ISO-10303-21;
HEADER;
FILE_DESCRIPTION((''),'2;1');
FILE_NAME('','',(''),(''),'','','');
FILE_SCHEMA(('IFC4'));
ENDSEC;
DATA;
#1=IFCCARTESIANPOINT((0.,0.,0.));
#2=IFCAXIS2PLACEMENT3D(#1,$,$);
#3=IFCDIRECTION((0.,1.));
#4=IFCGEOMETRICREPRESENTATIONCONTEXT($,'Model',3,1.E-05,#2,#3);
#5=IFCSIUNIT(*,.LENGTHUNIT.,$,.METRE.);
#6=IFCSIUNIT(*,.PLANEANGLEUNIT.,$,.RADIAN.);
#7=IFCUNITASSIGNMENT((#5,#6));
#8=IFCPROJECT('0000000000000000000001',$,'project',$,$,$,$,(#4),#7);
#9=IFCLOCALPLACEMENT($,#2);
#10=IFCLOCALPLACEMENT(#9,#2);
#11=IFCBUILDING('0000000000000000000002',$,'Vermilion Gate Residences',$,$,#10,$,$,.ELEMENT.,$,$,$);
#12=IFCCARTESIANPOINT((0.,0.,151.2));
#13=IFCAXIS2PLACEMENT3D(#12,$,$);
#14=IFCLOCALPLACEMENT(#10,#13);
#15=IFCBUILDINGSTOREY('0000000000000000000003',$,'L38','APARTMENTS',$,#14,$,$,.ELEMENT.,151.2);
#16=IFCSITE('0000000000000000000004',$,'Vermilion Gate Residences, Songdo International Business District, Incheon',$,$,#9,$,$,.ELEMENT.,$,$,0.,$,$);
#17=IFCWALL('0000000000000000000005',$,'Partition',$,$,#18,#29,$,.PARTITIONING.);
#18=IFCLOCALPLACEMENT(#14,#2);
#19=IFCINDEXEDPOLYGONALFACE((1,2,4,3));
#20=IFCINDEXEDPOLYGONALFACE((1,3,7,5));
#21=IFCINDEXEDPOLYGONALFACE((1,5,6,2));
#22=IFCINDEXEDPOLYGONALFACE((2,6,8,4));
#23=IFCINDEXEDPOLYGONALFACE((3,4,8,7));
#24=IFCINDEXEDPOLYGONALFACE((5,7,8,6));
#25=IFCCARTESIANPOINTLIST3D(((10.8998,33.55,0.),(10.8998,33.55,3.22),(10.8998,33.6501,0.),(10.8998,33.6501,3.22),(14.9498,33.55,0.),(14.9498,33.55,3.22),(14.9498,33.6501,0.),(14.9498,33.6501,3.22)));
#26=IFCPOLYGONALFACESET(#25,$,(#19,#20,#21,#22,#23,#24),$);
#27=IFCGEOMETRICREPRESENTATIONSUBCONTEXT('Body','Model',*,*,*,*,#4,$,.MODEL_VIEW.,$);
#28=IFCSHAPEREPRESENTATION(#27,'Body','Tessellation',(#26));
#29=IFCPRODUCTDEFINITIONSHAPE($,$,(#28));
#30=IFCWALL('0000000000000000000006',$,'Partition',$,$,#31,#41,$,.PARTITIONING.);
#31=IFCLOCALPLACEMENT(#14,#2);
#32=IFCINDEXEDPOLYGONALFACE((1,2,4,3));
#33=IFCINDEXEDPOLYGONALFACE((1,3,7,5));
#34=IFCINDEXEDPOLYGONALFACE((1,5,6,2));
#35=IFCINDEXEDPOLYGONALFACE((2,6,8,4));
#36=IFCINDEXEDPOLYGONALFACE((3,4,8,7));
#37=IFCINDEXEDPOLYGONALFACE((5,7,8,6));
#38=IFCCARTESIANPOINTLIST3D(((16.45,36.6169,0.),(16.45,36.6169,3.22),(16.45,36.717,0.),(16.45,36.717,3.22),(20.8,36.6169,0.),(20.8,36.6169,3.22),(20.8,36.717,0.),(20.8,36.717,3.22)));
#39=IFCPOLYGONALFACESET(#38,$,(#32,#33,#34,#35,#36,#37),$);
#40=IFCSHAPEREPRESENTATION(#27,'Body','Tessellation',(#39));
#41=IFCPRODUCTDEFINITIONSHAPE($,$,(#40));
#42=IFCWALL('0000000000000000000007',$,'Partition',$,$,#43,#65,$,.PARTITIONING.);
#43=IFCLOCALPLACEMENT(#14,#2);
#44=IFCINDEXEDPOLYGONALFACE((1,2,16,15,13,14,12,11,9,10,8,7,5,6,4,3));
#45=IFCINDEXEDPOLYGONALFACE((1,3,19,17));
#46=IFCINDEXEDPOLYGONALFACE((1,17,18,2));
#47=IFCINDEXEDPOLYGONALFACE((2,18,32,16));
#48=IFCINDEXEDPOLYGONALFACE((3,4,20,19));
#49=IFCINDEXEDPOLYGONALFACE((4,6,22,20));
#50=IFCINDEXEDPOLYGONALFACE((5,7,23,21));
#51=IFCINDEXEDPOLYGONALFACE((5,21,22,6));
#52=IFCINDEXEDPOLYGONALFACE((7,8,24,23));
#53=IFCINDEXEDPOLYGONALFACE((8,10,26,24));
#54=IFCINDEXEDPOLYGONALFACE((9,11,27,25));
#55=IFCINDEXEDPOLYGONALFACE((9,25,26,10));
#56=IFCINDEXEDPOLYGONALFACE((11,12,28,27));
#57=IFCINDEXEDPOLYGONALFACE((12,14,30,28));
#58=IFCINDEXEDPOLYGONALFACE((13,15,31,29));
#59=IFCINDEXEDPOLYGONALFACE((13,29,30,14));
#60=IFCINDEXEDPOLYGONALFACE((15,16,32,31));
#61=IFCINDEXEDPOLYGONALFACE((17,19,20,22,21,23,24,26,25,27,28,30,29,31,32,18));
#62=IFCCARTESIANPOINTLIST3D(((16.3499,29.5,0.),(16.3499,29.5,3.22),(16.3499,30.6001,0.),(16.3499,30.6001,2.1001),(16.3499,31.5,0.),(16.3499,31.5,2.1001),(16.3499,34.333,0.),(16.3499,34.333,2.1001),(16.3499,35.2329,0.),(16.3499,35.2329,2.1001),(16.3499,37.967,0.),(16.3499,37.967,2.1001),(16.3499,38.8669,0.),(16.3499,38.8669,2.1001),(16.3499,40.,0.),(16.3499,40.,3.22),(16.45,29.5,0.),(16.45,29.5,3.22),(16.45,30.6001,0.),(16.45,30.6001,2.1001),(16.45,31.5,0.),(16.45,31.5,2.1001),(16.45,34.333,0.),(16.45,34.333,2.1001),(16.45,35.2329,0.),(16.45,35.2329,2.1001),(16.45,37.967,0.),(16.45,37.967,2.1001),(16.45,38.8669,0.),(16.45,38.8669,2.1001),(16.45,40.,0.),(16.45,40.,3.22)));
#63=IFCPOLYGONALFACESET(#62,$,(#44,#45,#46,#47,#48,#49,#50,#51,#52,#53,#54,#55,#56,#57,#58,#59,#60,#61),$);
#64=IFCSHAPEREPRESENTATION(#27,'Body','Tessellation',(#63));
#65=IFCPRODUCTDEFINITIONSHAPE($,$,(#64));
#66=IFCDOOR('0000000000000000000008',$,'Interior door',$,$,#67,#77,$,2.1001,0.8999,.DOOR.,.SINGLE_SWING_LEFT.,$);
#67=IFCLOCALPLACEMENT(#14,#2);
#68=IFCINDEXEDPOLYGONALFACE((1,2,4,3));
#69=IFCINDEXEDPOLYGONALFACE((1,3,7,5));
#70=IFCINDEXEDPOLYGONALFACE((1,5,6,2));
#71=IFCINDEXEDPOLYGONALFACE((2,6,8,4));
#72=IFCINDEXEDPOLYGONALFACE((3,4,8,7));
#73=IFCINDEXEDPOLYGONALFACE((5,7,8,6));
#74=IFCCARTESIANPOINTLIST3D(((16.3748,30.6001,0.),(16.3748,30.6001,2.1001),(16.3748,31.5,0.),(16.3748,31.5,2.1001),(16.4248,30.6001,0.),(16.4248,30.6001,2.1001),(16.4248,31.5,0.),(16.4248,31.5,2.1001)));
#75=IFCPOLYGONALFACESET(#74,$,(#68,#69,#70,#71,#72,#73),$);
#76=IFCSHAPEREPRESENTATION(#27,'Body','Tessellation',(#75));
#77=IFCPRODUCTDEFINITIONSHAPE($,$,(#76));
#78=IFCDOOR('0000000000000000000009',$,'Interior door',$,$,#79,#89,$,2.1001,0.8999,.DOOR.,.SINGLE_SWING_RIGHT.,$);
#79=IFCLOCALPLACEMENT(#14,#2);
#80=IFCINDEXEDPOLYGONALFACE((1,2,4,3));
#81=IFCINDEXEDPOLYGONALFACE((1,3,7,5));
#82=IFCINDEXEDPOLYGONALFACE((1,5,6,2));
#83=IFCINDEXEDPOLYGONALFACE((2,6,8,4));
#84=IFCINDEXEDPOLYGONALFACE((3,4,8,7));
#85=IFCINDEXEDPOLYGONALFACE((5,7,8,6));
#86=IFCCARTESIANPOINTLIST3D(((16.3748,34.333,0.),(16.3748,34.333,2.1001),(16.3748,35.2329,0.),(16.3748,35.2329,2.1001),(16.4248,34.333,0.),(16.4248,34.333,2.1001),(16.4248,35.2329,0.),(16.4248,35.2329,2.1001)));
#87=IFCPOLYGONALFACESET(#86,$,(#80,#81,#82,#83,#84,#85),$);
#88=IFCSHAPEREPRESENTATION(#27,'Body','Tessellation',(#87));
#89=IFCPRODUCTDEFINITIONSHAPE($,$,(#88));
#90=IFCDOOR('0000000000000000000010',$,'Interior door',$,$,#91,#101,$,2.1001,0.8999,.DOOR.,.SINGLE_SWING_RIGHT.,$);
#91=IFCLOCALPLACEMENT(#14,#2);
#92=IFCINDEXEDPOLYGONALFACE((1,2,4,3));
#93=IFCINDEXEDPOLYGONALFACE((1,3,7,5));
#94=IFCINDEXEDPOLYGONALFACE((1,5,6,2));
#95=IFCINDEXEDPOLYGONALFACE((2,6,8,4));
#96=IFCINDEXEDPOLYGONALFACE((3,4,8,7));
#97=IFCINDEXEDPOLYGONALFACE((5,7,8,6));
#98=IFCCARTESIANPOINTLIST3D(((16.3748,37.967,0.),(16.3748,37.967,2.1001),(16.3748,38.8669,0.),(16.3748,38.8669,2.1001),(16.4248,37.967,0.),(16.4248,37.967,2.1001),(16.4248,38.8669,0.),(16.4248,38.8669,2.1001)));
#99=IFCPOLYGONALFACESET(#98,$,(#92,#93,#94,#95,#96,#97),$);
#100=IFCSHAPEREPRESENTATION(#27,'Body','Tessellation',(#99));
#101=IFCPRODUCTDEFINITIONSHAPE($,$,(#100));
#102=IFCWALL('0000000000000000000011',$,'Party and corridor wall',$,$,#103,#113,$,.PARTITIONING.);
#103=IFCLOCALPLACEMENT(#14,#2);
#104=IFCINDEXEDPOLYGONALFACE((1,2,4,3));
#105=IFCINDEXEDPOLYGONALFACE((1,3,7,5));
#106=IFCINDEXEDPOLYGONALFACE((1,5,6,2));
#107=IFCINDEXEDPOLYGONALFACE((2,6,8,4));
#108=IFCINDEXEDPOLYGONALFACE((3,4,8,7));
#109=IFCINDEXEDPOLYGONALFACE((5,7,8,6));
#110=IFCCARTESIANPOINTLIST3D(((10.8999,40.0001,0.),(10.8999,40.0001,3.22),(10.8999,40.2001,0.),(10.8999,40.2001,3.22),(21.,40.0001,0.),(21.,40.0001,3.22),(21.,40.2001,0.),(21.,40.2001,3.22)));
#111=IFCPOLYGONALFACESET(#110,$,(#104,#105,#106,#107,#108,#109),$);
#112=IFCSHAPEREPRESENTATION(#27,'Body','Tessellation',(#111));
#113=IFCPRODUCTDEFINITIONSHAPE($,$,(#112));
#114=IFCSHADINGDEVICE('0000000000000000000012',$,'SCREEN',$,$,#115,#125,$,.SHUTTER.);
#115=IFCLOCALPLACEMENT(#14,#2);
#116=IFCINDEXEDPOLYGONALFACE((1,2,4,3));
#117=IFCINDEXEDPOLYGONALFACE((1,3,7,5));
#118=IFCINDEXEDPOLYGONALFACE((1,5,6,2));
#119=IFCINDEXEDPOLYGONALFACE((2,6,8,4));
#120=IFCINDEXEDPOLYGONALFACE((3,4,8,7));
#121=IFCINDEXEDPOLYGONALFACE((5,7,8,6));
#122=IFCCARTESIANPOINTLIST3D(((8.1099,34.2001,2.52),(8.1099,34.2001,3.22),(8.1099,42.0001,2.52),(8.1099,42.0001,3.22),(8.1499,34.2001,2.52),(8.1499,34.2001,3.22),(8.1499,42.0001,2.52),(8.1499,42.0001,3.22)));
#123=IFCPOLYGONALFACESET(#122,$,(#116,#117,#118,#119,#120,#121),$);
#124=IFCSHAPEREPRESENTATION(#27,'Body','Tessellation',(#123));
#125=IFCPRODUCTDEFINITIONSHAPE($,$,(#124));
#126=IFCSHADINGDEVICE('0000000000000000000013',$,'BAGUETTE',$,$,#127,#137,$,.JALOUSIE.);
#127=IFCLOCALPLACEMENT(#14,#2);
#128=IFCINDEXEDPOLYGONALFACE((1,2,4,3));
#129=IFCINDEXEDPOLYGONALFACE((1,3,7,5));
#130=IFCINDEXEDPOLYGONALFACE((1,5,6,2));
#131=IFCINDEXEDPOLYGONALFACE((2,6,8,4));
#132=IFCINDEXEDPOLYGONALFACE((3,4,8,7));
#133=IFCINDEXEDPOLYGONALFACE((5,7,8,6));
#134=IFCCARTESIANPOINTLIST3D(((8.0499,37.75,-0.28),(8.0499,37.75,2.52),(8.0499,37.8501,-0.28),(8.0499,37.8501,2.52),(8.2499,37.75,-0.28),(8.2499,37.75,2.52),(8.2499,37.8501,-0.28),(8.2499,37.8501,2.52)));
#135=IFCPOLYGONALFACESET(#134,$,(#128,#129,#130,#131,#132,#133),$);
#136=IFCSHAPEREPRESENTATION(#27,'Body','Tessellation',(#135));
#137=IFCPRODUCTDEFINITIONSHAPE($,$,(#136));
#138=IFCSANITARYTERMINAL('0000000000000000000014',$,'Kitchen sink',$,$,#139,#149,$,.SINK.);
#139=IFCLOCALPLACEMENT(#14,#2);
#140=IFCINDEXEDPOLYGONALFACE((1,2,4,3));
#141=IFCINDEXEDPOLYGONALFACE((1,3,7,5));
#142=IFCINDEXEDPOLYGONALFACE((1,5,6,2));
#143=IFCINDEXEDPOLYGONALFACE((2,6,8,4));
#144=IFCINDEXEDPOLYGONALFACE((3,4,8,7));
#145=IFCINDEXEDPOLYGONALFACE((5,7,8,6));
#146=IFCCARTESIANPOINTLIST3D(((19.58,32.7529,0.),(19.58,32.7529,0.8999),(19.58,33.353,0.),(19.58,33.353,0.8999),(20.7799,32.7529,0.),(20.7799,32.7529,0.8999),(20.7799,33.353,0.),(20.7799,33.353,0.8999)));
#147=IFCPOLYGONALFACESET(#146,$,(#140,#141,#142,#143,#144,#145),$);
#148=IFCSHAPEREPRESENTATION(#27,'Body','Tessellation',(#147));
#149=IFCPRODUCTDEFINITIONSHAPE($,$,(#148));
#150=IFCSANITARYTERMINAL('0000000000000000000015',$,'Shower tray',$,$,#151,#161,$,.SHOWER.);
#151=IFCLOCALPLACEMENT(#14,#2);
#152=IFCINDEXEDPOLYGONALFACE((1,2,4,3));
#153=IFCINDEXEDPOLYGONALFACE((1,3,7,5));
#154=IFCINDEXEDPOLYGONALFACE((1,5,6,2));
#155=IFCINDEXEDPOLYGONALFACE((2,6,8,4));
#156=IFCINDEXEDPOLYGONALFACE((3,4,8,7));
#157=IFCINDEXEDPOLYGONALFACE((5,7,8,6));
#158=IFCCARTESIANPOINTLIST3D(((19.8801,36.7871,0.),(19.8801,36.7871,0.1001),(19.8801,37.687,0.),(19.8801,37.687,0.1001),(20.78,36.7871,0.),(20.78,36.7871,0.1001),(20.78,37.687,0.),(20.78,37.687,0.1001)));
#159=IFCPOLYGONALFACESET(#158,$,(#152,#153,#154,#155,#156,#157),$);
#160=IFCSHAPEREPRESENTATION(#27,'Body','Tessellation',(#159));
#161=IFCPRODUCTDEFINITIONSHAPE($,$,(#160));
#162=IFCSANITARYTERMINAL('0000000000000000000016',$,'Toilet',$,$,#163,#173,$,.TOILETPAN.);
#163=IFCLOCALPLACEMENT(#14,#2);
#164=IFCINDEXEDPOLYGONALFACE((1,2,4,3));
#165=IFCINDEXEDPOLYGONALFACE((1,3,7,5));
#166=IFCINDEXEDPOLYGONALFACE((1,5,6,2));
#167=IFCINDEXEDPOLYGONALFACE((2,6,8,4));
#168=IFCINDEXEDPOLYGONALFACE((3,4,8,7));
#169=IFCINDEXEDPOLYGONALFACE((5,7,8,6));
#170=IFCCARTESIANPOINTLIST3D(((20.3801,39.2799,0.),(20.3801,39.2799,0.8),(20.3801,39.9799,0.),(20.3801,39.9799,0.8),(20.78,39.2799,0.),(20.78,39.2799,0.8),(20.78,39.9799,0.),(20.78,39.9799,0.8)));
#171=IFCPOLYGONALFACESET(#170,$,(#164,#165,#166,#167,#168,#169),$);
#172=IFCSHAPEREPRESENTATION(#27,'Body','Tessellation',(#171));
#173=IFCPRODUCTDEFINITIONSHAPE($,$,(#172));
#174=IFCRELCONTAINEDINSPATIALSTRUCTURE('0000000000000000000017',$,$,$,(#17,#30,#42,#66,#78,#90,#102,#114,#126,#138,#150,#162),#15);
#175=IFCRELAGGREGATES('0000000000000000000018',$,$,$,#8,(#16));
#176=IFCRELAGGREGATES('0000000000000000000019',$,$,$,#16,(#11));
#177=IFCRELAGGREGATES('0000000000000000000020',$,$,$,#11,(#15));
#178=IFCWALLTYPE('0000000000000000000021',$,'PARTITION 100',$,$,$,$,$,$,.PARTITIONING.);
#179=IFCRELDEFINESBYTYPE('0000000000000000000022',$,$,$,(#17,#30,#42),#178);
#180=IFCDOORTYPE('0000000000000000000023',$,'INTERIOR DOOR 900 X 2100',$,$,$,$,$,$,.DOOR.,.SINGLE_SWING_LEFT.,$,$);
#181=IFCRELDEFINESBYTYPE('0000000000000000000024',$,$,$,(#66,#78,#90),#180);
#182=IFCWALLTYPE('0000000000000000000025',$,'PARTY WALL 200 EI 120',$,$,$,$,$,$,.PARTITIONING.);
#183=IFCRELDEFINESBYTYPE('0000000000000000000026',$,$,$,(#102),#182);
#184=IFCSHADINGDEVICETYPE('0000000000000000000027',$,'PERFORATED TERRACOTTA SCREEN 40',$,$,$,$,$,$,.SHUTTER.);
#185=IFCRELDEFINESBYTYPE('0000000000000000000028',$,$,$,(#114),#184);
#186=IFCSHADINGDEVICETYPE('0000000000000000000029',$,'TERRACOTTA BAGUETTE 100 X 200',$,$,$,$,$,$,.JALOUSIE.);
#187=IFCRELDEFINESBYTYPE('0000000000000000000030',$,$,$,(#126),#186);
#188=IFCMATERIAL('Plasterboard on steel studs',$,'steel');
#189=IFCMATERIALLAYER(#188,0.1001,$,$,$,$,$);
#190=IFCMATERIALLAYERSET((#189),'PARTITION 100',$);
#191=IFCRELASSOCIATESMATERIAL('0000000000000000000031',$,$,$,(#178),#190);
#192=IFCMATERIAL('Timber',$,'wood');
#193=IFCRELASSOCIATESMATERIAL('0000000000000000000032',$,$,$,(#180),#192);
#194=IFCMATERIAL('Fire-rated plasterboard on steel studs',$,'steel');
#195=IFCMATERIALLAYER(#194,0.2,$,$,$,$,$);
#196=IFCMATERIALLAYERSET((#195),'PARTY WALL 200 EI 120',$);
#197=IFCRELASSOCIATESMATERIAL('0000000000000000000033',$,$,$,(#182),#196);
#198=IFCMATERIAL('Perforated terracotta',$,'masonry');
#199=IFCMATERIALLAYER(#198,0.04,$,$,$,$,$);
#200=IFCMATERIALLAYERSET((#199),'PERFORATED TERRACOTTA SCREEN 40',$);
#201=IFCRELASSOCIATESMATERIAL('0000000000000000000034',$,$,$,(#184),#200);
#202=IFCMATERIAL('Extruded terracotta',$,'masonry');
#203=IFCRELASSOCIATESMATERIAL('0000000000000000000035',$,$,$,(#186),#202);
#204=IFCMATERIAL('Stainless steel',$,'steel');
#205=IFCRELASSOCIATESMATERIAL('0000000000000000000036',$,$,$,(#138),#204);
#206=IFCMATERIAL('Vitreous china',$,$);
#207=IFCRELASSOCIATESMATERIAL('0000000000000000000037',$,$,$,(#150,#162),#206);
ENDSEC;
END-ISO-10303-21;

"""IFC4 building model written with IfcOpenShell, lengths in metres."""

from ifc_helpers import new_model, si_unit, direction, frame, frame_2d, origin, origin_2d, place, context, subcontext, project, spatial, rectangle, extrude, material, layer, layer_set, material_profile, profile_set, type_object, element, fill, save


model = new_model("IFC4")

# Units and contexts
model_context = context("Model", 3, precision=1e-05, world=origin(), true_north=direction((0.0, 1.0)))
body_context = subcontext(model_context, "Body", "Model", "MODEL_VIEW")
ifc_project = project(units=[si_unit("LENGTHUNIT", "METRE"), si_unit("PLANEANGLEUNIT", "RADIAN")], contexts=[model_context])

# Site, building, storey
site_placement = place(None, origin())
site = spatial("IfcSite", under=ifc_project, at=site_placement, Name="Vermilion Gate Residences, Songdo International Business District, Incheon", CompositionType="ELEMENT", RefElevation=0.0)
building_placement = place(site_placement, origin())
building = spatial("IfcBuilding", under=site, at=building_placement, Name="Vermilion Gate Residences", CompositionType="ELEMENT")
storey_placement = place(building_placement, frame((0.0, 0.0, 151.2)))
storey = spatial("IfcBuildingStorey", under=building, at=storey_placement, Name="L38", Description="APARTMENTS", CompositionType="ELEMENT", Elevation=151.2)

# Walls
ifc_material_1 = material(Name="Plasterboard on steel studs", Category="steel")
ifc_layer_1 = layer(ifc_material_1, 0.1001)
ifc_layer_set_1 = layer_set([ifc_layer_1], Name="PARTITION 100")
wall_type_1 = type_object("IfcWallType", Name="PARTITION 100", PredefinedType="PARTITIONING", material=ifc_layer_set_1)
wall_1_placement = place(storey_placement, frame((10.8999, 33.6001, 0.0), z_axis=(0.0, 0.0, 1.0), x_axis=(1.0, 0.0, 0.0)))
element("IfcWall", 1, at=wall_1_placement, inside=storey, type_object=wall_type_1, Name="Partition", PredefinedType="PARTITIONING", context=body_context, shape_type="SweptSolid", body=[
    extrude(rectangle(XDim=4.05, YDim=0.1001, at=frame_2d((2.0249, 0.0))), origin(), (0.0, 0.0, 1.0), 3.22),
])
wall_2_placement = place(storey_placement, frame((16.45, 36.667, 0.0), z_axis=(0.0, 0.0, 1.0), x_axis=(1.0, 0.0, 0.0)))
element("IfcWall", 2, at=wall_2_placement, inside=storey, type_object=wall_type_1, Name="Partition", PredefinedType="PARTITIONING", context=body_context, shape_type="SweptSolid", body=[
    extrude(rectangle(XDim=4.3501, YDim=0.1001, at=frame_2d((2.175, 0.0))), origin(), (0.0, 0.0, 1.0), 3.22),
])

# Wall, openings, doors
wall_3_placement = place(storey_placement, frame((16.3999, 29.5, 0.0), z_axis=(0.0, 0.0, 1.0), x_axis=(0.0, 1.0, 0.0)))
wall_3 = element("IfcWall", 3, at=wall_3_placement, inside=storey, type_object=wall_type_1, Name="Partition", PredefinedType="PARTITIONING", context=body_context, shape_type="SweptSolid", body=[
    extrude(rectangle(XDim=10.5, YDim=0.1001, at=frame_2d((5.25, 0.0))), origin(), (0.0, 0.0, 1.0), 3.22),
])
opening_1_placement = place(wall_3_placement, frame((1.1001, 0.0, 0.0)))
opening_1 = element("IfcOpeningElement", 4, at=opening_1_placement, cuts=wall_3, PredefinedType="OPENING", context=body_context, shape_type="SweptSolid", body=[
    extrude(rectangle(XDim=0.8999, YDim=2.1001, at=frame_2d((0.45, 1.05))), frame((0.0, 0.0601, 0.0), z_axis=(0.0, -1.0, 0.0), x_axis=(1.0, 0.0, 0.0)), (0.0, 0.0, 1.0), 0.1201),
])
opening_2_placement = place(wall_3_placement, frame((4.833, 0.0, 0.0)))
opening_2 = element("IfcOpeningElement", 5, at=opening_2_placement, cuts=wall_3, PredefinedType="OPENING", context=body_context, shape_type="SweptSolid", body=[
    extrude(rectangle(XDim=0.8999, YDim=2.1001, at=frame_2d((0.45, 1.05))), frame((0.0, 0.0601, 0.0), z_axis=(0.0, -1.0, 0.0), x_axis=(1.0, 0.0, 0.0)), (0.0, 0.0, 1.0), 0.1201),
])
opening_3_placement = place(wall_3_placement, frame((8.467, 0.0, 0.0)))
opening_3 = element("IfcOpeningElement", 6, at=opening_3_placement, cuts=wall_3, PredefinedType="OPENING", context=body_context, shape_type="SweptSolid", body=[
    extrude(rectangle(XDim=0.8999, YDim=2.1001, at=frame_2d((0.45, 1.05))), frame((0.0, 0.0601, 0.0), z_axis=(0.0, -1.0, 0.0), x_axis=(1.0, 0.0, 0.0)), (0.0, 0.0, 1.0), 0.1201),
])
ifc_material_2 = material(Name="Timber", Category="wood")
door_type_1 = type_object("IfcDoorType", Name="INTERIOR DOOR 900 X 2100", OperationType="SINGLE_SWING_LEFT", PredefinedType="DOOR", material=ifc_material_2)
door_1_placement = place(opening_1_placement, frame((0.8999, 0.0, 0.0), z_axis=(0.0, 0.0, 1.0), x_axis=(-1.0, 0.0, 0.0)))
door_1 = element("IfcDoor", 7, at=door_1_placement, inside=storey, type_object=door_type_1, Name="Interior door", OperationType="SINGLE_SWING_LEFT", OverallHeight=2.1001, OverallWidth=0.8999, PredefinedType="DOOR", context=body_context, shape_type="SweptSolid", body=[
    extrude(rectangle(XDim=0.8999, YDim=2.1001, at=frame_2d((0.45, 1.05))), frame((0.0, 0.0249, 0.0), z_axis=(0.0, -1.0, 0.0), x_axis=(1.0, 0.0, 0.0)), (0.0, 0.0, 1.0), 0.05),
])
fill(opening_1, door_1)
door_2_placement = place(opening_2_placement, frame((0.8999, 0.0, 0.0), z_axis=(0.0, 0.0, 1.0), x_axis=(-1.0, 0.0, 0.0)))
door_2 = element("IfcDoor", 8, at=door_2_placement, inside=storey, type_object=door_type_1, Name="Interior door", OperationType="SINGLE_SWING_RIGHT", OverallHeight=2.1001, OverallWidth=0.8999, PredefinedType="DOOR", context=body_context, shape_type="SweptSolid", body=[
    extrude(rectangle(XDim=0.8999, YDim=2.1001, at=frame_2d((0.45, 1.05))), frame((0.0, 0.0249, 0.0), z_axis=(0.0, -1.0, 0.0), x_axis=(1.0, 0.0, 0.0)), (0.0, 0.0, 1.0), 0.05),
])
fill(opening_2, door_2)
door_3_placement = place(opening_3_placement, frame((0.8999, 0.0, 0.0), z_axis=(0.0, 0.0, 1.0), x_axis=(-1.0, 0.0, 0.0)))
door_3 = element("IfcDoor", 9, at=door_3_placement, inside=storey, type_object=door_type_1, Name="Interior door", OperationType="SINGLE_SWING_RIGHT", OverallHeight=2.1001, OverallWidth=0.8999, PredefinedType="DOOR", context=body_context, shape_type="SweptSolid", body=[
    extrude(rectangle(XDim=0.8999, YDim=2.1001, at=frame_2d((0.45, 1.05))), frame((0.0, 0.0249, 0.0), z_axis=(0.0, -1.0, 0.0), x_axis=(1.0, 0.0, 0.0)), (0.0, 0.0, 1.0), 0.05),
])
fill(opening_3, door_3)

# Wall
ifc_material_3 = material(Name="Fire-rated plasterboard on steel studs", Category="steel")
ifc_layer_2 = layer(ifc_material_3, 0.2)
ifc_layer_set_2 = layer_set([ifc_layer_2], Name="PARTY WALL 200 EI 120")
wall_type_2 = type_object("IfcWallType", Name="PARTY WALL 200 EI 120", PredefinedType="PARTITIONING", material=ifc_layer_set_2)
wall_4_placement = place(storey_placement, frame((10.8999, 40.1001, 0.0), z_axis=(0.0, 0.0, 1.0), x_axis=(1.0, 0.0, 0.0)))
element("IfcWall", 10, at=wall_4_placement, inside=storey, type_object=wall_type_2, Name="Party and corridor wall", PredefinedType="PARTITIONING", context=body_context, shape_type="SweptSolid", body=[
    extrude(rectangle(XDim=10.1001, YDim=0.2, at=frame_2d((5.05, 0.0))), origin(), (0.0, 0.0, 1.0), 3.22),
])

# Shading devices
ifc_material_4 = material(Name="Perforated terracotta", Category="masonry")
ifc_layer_3 = layer(ifc_material_4, 0.04)
ifc_layer_set_3 = layer_set([ifc_layer_3], Name="PERFORATED TERRACOTTA SCREEN 40")
shading_device_type_1 = type_object("IfcShadingDeviceType", Name="PERFORATED TERRACOTTA SCREEN 40", PredefinedType="SHUTTER", material=ifc_layer_set_3)
shading_device_1_placement = place(storey_placement, frame((8.1299, 38.1001, 2.52), z_axis=(0.0, 0.0, 1.0), x_axis=(0.0, -1.0, 0.0)))
element("IfcShadingDevice", 11, at=shading_device_1_placement, inside=storey, type_object=shading_device_type_1, Name="SCREEN", PredefinedType="SHUTTER", context=body_context, shape_type="SweptSolid", body=[
    extrude(rectangle(XDim=7.8, YDim=0.04, at=origin_2d()), origin(), (0.0, 0.0, 1.0), 0.7),
])
ifc_material_5 = material(Name="Extruded terracotta", Category="masonry")
ifc_material_profile_1 = material_profile(ifc_material_5, rectangle(XDim=0.2, YDim=0.1001, at=origin_2d()), Name="BAGUETTE 100 X 200")
ifc_profile_set_1 = profile_set([ifc_material_profile_1], Name="Extruded terracotta")
shading_device_type_2 = type_object("IfcShadingDeviceType", Name="TERRACOTTA BAGUETTE 100 X 200", PredefinedType="JALOUSIE", material=ifc_profile_set_1)
shading_device_2_placement = place(storey_placement, frame((8.1499, 37.8, -0.28), z_axis=(0.0, 0.0, 1.0), x_axis=(1.0, 0.0, 0.0)))
element("IfcShadingDevice", 12, at=shading_device_2_placement, inside=storey, type_object=shading_device_type_2, Name="BAGUETTE", PredefinedType="JALOUSIE", context=body_context, shape_type="SweptSolid", body=[
    extrude(rectangle(XDim=0.2, YDim=0.1001, at=origin_2d()), origin(), (0.0, 0.0, 1.0), 2.8),
])

# Sanitary terminals
ifc_material_6 = material(Name="Stainless steel", Category="steel")
sanitary_terminal_1_placement = place(storey_placement, frame((20.1799, 33.053, 0.0), z_axis=(0.0, 0.0, 1.0), x_axis=(1.0, 0.0, 0.0)))
element("IfcSanitaryTerminal", 13, at=sanitary_terminal_1_placement, inside=storey, material=ifc_material_6, Name="Kitchen sink", PredefinedType="SINK", context=body_context, shape_type="SweptSolid", body=[
    extrude(rectangle(XDim=1.2, YDim=0.6001, at=origin_2d()), origin(), (0.0, 0.0, 1.0), 0.8999),
])
ifc_material_7 = material(Name="Vitreous china")
sanitary_terminal_2_placement = place(storey_placement, frame((20.3301, 37.2371, 0.0), z_axis=(0.0, 0.0, 1.0), x_axis=(1.0, 0.0, 0.0)))
element("IfcSanitaryTerminal", 14, at=sanitary_terminal_2_placement, inside=storey, material=ifc_material_7, Name="Shower tray", PredefinedType="SHOWER", context=body_context, shape_type="SweptSolid", body=[
    extrude(rectangle(XDim=0.8999, YDim=0.8999, at=origin_2d()), origin(), (0.0, 0.0, 1.0), 0.1001),
])
sanitary_terminal_3_placement = place(storey_placement, frame((20.5801, 39.6299, 0.0), z_axis=(0.0, 0.0, 1.0), x_axis=(1.0, 0.0, 0.0)))
element("IfcSanitaryTerminal", 15, at=sanitary_terminal_3_placement, inside=storey, material=ifc_material_7, Name="Toilet", PredefinedType="TOILETPAN", context=body_context, shape_type="SweptSolid", body=[
    extrude(rectangle(XDim=0.3999, YDim=0.7, at=origin_2d()), origin(), (0.0, 0.0, 1.0), 0.8),
])

save(model, "model.ifc")
